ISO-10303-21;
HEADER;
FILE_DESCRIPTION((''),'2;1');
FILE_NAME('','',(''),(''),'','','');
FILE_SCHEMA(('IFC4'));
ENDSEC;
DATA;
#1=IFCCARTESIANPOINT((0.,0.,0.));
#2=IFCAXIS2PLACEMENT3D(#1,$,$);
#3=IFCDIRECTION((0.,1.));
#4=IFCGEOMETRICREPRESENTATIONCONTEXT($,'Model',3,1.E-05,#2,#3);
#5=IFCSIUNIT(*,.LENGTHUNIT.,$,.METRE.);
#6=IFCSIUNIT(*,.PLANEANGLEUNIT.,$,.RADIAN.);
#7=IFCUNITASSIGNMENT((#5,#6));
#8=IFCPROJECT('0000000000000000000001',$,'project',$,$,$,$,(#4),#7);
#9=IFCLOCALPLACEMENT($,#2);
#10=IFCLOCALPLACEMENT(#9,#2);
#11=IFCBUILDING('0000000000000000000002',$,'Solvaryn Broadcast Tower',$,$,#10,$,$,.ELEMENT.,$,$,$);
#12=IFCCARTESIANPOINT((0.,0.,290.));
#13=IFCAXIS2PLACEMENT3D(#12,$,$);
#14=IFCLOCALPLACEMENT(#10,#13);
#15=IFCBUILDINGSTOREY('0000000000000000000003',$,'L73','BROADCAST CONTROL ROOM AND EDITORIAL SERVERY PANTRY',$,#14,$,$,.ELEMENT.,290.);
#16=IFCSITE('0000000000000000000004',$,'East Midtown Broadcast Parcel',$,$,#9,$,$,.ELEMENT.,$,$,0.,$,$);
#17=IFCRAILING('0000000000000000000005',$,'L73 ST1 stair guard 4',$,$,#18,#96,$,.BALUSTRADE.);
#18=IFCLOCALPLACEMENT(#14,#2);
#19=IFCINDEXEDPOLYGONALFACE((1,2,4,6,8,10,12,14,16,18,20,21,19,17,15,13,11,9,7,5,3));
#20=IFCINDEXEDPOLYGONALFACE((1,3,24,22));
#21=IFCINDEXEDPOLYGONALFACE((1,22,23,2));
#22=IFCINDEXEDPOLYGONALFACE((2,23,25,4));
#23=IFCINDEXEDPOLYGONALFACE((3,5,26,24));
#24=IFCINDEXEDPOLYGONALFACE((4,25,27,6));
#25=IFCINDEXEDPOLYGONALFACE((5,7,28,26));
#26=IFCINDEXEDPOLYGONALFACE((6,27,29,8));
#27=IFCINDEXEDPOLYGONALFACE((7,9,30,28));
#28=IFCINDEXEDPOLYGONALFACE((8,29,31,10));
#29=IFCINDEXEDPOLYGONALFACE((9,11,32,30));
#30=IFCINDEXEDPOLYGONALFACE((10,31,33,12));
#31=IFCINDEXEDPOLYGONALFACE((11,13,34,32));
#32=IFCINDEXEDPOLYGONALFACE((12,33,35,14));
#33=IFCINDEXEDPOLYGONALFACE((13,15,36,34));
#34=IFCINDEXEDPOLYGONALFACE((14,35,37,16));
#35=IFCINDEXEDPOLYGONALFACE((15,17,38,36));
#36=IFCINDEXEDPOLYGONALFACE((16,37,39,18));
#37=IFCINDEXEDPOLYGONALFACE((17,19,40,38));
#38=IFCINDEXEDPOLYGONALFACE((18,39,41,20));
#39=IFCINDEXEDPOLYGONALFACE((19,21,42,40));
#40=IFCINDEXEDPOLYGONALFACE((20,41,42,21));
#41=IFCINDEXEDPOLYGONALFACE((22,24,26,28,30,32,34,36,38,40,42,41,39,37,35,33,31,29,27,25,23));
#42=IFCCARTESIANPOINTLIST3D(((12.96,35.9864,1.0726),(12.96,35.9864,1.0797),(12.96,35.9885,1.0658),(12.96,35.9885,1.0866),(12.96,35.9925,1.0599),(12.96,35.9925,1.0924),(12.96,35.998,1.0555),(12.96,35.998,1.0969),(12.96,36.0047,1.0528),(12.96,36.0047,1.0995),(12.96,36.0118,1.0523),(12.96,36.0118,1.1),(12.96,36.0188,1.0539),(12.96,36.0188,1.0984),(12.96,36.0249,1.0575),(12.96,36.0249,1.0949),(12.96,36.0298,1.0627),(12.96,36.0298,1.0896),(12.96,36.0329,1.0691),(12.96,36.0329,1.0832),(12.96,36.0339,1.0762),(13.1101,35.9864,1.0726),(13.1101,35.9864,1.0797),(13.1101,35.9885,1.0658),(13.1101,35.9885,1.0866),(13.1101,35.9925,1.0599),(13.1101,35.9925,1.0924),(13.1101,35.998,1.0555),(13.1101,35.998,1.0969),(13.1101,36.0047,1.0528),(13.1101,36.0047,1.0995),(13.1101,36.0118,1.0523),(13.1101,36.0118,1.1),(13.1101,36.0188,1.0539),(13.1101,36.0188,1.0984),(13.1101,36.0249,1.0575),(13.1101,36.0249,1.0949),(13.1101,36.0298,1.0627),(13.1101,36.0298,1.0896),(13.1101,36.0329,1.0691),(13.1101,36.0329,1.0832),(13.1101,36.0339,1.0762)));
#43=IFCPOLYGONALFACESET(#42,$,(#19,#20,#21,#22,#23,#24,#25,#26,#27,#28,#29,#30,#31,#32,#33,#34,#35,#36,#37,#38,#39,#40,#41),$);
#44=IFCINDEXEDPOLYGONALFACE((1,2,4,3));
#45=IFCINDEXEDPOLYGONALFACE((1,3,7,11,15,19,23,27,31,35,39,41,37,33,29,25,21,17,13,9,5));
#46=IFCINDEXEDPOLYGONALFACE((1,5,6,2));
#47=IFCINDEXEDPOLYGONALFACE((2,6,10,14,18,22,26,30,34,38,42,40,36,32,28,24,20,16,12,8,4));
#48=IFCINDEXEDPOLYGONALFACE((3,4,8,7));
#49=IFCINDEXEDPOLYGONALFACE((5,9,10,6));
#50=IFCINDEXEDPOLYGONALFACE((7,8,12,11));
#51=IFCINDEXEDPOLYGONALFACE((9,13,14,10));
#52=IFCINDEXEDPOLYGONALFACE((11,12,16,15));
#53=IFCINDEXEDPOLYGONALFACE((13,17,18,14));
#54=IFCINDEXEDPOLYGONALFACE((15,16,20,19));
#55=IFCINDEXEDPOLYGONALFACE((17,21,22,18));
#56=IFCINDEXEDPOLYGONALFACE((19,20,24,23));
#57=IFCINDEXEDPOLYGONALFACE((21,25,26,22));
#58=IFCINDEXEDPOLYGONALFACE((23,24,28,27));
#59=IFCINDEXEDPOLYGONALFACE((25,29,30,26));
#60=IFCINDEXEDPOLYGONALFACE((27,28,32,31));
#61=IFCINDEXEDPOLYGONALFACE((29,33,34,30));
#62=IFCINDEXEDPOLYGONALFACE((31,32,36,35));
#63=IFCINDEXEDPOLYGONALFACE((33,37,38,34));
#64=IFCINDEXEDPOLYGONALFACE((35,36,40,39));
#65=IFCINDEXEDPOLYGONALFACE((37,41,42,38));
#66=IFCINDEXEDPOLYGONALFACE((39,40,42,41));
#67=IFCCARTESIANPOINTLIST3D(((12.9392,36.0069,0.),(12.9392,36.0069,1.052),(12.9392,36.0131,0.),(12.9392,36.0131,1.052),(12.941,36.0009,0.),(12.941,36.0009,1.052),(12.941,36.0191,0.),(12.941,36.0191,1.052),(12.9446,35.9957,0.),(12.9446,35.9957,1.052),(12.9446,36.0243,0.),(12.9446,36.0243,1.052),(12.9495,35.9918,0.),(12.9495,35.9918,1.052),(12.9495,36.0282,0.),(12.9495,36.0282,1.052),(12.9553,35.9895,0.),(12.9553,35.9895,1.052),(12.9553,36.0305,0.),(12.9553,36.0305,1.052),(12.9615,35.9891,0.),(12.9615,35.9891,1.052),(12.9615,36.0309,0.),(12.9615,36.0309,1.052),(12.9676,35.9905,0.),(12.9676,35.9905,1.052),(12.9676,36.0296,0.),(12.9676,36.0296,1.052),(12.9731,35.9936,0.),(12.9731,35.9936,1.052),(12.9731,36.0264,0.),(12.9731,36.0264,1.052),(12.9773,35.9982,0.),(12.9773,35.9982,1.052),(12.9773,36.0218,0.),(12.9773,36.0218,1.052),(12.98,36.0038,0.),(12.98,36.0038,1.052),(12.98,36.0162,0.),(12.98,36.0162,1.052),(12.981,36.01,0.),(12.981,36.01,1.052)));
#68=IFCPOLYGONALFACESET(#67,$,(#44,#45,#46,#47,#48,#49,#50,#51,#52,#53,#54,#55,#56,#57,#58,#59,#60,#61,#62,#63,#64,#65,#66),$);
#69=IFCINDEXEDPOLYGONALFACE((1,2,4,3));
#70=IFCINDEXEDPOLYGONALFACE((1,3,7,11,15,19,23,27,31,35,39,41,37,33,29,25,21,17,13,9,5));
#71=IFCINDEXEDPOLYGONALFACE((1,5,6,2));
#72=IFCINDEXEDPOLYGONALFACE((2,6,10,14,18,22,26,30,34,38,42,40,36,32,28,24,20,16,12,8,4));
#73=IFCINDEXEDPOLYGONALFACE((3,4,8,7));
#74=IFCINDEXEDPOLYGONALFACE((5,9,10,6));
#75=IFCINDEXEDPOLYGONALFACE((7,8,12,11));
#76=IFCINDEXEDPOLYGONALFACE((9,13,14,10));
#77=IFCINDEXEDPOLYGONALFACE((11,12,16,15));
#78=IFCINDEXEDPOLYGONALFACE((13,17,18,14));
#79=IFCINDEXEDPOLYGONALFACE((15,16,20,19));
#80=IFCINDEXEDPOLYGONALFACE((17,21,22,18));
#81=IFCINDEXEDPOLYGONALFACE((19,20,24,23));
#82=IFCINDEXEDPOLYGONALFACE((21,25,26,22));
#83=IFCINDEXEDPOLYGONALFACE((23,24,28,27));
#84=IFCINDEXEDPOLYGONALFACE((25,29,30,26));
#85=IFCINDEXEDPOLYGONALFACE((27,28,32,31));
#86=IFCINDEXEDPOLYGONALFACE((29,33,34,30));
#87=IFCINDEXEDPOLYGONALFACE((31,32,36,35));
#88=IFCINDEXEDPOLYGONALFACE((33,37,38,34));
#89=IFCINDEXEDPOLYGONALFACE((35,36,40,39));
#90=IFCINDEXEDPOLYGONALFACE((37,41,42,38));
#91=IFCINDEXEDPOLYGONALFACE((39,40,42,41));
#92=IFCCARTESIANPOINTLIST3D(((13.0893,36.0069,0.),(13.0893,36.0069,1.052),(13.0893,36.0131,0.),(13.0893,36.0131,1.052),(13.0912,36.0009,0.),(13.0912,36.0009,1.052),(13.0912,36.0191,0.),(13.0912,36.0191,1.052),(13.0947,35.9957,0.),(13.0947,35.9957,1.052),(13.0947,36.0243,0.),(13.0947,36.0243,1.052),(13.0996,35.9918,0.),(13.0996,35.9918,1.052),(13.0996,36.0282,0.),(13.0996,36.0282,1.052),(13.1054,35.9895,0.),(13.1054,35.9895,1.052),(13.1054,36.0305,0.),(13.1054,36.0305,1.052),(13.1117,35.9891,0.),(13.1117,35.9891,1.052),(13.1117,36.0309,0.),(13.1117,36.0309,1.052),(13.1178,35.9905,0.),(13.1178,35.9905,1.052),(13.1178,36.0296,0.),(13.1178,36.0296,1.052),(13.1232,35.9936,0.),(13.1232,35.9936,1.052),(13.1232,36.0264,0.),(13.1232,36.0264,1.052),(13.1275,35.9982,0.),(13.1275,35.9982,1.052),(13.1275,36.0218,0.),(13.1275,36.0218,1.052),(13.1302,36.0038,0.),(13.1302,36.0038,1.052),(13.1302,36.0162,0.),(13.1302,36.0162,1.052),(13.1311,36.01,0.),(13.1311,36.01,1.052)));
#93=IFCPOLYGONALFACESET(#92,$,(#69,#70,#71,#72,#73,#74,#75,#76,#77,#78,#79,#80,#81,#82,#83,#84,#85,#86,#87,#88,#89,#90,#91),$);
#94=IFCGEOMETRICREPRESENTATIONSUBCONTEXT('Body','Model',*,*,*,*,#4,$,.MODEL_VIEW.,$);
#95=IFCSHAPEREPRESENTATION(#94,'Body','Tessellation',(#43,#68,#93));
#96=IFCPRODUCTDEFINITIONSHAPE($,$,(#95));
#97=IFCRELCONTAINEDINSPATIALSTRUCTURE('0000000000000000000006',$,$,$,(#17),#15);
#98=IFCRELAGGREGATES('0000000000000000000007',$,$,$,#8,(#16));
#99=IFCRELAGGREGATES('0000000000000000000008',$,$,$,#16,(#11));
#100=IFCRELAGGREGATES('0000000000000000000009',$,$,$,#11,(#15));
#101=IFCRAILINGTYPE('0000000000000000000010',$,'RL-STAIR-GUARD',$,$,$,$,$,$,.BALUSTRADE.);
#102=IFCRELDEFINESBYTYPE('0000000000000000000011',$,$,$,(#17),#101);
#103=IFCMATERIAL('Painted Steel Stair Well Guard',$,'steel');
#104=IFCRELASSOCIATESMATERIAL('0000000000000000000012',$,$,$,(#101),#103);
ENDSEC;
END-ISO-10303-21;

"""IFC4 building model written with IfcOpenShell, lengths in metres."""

from ifc_helpers import new_model, si_unit, direction, frame, origin, origin_2d, place, context, subcontext, project, spatial, circle, extrude, material, type_object, element, save


model = new_model("IFC4")

# Units and contexts
model_context = context("Model", 3, precision=1e-05, world=origin(), true_north=direction((0.0, 1.0)))
body_context = subcontext(model_context, "Body", "Model", "MODEL_VIEW")
ifc_project = project(units=[si_unit("LENGTHUNIT", "METRE"), si_unit("PLANEANGLEUNIT", "RADIAN")], contexts=[model_context])

# Site, building, storey
site_placement = place(None, origin())
site = spatial("IfcSite", under=ifc_project, at=site_placement, Name="East Midtown Broadcast Parcel", CompositionType="ELEMENT", RefElevation=0.0)
building_placement = place(site_placement, origin())
building = spatial("IfcBuilding", under=site, at=building_placement, Name="Solvaryn Broadcast Tower", CompositionType="ELEMENT")
storey_placement = place(building_placement, frame((0.0, 0.0, 290.0)))
storey = spatial("IfcBuildingStorey", under=building, at=storey_placement, Name="L73", Description="BROADCAST CONTROL ROOM AND EDITORIAL SERVERY PANTRY", CompositionType="ELEMENT", Elevation=290.0)

# Railing
ifc_material_1 = material(Name="Painted Steel Stair Well Guard", Category="steel")
railing_type_1 = type_object("IfcRailingType", Name="RL-STAIR-GUARD", PredefinedType="BALUSTRADE", material=ifc_material_1)
railing_1_placement = place(storey_placement, frame((12.96, 36.01, 0.0)))
element("IfcRailing", 1, at=railing_1_placement, inside=storey, type_object=railing_type_1, Name="L73 ST1 stair guard 4", PredefinedType="BALUSTRADE", context=body_context, shape_type="SweptSolid", body=[
    extrude(circle(Radius=0.0239, at=origin_2d()), frame((0.0, 0.0, 1.0762), z_axis=(1.0, 0.0, 0.0), x_axis=(0.0, 1.0, 0.0)), (0.0, 0.0, 1.0), 0.1501),
    extrude(circle(Radius=0.021, at=origin_2d()), origin(), (0.0, 0.0, 1.0), 1.052),
    extrude(circle(Radius=0.021, at=origin_2d()), frame((0.1501, 0.0, 0.0)), (0.0, 0.0, 1.0), 1.052),
])

save(model, "model.ifc")
